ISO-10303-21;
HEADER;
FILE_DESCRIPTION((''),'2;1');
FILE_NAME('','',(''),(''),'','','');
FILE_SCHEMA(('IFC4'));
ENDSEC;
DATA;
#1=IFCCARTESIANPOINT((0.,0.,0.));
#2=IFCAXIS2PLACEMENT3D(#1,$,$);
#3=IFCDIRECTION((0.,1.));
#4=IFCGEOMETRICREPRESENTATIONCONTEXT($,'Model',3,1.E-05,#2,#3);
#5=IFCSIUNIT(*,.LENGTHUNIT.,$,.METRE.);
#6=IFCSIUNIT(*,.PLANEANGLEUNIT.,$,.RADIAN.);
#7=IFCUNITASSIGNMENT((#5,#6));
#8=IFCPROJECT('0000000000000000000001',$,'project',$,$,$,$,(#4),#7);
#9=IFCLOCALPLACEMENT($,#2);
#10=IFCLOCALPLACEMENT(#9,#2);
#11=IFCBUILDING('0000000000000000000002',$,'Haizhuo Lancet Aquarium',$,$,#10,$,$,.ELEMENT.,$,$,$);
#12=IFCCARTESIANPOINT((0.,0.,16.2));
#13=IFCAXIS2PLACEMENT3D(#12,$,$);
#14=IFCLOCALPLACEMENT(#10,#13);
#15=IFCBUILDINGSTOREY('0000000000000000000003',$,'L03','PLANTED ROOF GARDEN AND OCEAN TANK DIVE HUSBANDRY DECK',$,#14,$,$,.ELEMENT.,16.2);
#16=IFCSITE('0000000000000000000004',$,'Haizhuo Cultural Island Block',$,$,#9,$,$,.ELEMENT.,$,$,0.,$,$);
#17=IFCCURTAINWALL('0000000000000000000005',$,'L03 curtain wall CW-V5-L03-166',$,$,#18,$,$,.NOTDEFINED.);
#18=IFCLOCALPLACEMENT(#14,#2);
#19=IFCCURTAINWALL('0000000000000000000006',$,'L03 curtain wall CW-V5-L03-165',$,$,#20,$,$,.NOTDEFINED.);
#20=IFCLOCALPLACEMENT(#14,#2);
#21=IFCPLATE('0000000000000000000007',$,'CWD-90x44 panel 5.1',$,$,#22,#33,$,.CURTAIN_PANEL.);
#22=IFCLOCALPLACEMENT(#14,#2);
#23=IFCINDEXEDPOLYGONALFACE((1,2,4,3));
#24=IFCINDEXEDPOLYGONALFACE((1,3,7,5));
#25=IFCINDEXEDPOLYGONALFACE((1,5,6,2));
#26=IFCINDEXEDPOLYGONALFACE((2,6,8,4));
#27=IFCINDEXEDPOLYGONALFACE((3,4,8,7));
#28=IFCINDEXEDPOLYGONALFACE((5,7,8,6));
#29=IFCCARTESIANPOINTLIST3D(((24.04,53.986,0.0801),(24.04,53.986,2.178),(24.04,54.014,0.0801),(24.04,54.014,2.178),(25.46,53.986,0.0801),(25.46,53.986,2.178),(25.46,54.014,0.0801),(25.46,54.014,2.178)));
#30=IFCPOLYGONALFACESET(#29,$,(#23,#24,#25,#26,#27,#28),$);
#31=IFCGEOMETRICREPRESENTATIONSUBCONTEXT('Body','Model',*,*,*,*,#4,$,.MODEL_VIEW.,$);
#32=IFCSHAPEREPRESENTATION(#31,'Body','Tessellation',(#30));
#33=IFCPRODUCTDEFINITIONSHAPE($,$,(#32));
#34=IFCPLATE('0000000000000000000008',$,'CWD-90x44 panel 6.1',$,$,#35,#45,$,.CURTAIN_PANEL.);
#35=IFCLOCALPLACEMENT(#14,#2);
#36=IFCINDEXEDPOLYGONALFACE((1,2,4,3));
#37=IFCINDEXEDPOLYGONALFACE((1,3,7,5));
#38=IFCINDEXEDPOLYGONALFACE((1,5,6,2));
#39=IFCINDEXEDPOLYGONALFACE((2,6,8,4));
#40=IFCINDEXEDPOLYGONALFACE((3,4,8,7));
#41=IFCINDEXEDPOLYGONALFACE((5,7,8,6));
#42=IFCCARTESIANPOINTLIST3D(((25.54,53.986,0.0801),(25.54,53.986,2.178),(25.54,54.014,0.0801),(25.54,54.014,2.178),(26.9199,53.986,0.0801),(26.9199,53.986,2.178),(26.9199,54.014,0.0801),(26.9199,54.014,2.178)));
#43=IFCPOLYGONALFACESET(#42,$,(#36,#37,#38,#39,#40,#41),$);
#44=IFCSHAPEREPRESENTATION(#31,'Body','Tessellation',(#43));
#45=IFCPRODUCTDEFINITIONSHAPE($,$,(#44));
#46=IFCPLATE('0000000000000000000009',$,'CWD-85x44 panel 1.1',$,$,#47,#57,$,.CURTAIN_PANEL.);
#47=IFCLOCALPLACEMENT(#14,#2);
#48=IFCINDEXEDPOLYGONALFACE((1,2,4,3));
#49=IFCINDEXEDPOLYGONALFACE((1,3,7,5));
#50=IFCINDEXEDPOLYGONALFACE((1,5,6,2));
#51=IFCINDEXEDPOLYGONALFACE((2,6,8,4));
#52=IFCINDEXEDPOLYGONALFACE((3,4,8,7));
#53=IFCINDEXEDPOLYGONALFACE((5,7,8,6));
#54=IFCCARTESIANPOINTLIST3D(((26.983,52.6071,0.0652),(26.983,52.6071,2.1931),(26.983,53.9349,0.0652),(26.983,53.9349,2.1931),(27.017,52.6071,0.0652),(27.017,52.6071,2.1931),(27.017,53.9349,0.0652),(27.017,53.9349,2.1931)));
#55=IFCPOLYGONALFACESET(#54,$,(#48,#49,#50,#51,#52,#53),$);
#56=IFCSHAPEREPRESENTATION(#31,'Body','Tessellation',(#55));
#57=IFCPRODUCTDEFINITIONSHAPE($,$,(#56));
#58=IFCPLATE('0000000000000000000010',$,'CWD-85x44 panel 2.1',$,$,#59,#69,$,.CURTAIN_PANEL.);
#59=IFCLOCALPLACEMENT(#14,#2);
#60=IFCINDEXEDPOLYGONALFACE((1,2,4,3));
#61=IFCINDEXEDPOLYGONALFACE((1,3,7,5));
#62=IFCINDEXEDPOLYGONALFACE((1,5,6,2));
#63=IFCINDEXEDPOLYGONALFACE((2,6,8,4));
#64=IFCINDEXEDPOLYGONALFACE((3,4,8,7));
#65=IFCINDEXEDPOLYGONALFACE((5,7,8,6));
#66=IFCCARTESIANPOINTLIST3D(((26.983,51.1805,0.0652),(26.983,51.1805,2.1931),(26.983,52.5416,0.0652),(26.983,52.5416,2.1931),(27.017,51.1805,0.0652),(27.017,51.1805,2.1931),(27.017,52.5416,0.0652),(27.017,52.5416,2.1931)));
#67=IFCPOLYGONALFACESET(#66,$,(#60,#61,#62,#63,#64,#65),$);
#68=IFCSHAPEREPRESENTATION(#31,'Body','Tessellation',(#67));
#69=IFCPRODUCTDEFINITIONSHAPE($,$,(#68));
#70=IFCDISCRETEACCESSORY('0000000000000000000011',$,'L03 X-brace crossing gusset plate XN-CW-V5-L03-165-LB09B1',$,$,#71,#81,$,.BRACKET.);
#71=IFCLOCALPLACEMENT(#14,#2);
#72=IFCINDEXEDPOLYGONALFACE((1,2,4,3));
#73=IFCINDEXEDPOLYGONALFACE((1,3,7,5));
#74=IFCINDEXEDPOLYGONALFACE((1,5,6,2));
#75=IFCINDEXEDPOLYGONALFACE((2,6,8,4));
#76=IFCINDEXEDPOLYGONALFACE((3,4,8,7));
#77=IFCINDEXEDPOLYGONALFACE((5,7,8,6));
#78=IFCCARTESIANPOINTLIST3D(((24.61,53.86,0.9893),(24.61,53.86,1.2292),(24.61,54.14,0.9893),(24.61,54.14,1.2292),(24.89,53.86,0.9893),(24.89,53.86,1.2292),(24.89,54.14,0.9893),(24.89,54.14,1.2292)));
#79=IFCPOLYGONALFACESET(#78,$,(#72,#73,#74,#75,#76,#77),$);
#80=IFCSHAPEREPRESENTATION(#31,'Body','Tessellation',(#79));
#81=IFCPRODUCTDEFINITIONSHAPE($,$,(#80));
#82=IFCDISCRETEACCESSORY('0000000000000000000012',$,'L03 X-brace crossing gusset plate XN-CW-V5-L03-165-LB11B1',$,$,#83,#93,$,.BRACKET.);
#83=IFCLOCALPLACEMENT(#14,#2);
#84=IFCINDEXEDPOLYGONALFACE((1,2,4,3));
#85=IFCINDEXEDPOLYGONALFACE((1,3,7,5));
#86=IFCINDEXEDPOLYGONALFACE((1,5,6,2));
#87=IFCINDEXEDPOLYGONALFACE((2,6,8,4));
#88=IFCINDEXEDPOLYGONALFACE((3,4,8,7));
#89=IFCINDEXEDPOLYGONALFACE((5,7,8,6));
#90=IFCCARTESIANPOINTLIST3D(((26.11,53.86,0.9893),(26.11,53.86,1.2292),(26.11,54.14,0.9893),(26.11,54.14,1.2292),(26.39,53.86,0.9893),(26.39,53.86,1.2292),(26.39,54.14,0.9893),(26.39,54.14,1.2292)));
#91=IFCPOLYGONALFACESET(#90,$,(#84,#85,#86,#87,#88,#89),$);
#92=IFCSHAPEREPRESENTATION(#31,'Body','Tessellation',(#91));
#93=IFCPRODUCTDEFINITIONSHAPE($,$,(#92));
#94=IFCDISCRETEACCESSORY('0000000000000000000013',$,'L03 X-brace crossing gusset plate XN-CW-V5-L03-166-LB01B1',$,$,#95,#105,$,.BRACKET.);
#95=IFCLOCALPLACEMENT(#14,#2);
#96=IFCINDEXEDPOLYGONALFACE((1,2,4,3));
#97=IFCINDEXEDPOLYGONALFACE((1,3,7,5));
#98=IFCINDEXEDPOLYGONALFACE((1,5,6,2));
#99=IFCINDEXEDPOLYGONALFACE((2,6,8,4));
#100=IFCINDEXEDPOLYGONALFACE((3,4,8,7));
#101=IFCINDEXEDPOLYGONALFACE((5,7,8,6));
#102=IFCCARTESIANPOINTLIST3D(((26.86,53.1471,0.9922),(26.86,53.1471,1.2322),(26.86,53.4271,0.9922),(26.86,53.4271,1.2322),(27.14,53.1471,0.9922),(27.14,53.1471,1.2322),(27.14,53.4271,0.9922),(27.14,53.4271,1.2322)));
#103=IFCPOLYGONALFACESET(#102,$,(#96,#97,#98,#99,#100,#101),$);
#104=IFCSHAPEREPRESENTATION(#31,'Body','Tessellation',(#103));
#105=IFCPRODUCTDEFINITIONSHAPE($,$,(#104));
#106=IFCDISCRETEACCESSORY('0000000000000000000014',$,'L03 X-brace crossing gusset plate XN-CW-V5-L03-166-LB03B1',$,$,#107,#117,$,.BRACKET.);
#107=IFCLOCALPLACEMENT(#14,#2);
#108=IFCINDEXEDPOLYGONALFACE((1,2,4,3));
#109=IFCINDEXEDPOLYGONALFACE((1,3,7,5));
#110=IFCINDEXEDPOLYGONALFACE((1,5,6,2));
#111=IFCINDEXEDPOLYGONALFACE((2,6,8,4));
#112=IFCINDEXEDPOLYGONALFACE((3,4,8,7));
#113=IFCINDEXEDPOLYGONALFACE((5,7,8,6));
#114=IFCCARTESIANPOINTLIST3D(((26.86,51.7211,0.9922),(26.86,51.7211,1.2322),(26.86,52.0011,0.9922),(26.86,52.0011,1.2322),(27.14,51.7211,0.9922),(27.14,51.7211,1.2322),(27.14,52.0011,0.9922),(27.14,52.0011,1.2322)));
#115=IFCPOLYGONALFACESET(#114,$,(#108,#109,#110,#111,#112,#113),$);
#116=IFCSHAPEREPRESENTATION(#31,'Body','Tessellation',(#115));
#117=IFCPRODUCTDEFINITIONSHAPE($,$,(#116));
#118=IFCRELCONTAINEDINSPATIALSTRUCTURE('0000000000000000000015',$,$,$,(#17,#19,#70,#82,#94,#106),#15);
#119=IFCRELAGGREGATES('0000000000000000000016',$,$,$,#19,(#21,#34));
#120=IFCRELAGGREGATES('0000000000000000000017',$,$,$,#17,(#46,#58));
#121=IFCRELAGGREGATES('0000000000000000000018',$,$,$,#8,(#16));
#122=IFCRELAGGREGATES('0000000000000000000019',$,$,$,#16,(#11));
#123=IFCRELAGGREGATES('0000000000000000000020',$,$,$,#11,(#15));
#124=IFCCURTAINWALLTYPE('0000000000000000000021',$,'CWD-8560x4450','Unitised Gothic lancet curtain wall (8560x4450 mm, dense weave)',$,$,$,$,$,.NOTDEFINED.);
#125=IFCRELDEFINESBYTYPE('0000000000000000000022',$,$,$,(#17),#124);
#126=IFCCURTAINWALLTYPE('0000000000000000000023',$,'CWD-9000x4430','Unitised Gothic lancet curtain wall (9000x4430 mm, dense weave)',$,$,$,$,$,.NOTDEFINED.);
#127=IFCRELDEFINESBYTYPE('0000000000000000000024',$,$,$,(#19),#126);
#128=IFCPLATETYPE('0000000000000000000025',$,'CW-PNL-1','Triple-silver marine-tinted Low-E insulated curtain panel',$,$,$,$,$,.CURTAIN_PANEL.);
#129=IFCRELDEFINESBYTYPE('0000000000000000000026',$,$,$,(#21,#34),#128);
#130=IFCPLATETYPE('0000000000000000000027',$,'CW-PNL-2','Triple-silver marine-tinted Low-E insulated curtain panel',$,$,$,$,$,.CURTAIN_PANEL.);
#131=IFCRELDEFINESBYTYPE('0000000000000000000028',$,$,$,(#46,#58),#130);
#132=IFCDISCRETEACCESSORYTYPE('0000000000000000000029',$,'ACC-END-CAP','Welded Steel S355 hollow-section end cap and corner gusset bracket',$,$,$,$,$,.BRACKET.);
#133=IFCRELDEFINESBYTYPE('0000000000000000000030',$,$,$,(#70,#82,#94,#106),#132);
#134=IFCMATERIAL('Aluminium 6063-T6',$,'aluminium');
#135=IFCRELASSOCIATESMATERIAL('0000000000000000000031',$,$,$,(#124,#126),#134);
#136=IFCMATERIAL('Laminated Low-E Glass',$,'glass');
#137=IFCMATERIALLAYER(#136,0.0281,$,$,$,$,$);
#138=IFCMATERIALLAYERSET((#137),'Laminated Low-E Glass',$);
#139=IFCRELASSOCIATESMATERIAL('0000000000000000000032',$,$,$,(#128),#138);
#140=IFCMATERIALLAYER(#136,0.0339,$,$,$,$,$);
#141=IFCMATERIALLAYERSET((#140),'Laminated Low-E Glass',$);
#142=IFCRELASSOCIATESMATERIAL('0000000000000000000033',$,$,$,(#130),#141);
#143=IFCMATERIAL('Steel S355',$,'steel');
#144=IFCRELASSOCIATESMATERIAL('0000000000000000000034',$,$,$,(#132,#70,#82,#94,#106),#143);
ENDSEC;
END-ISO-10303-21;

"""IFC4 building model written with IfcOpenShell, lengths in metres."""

from ifc_helpers import new_model, si_unit, direction, frame, origin, origin_2d, place, context, subcontext, project, spatial, rectangle, extrude, material, layer, layer_set, type_object, element, aggregate, save


model = new_model("IFC4")

# Units and contexts
model_context = context("Model", 3, precision=1e-05, world=origin(), true_north=direction((0.0, 1.0)))
body_context = subcontext(model_context, "Body", "Model", "MODEL_VIEW")
ifc_project = project(units=[si_unit("LENGTHUNIT", "METRE"), si_unit("PLANEANGLEUNIT", "RADIAN")], contexts=[model_context])

# Site, building, storey
site_placement = place(None, origin())
site = spatial("IfcSite", under=ifc_project, at=site_placement, Name="Haizhuo Cultural Island Block", CompositionType="ELEMENT", RefElevation=0.0)
building_placement = place(site_placement, origin())
building = spatial("IfcBuilding", under=site, at=building_placement, Name="Haizhuo Lancet Aquarium", CompositionType="ELEMENT")
storey_placement = place(building_placement, frame((0.0, 0.0, 16.2)))
storey = spatial("IfcBuildingStorey", under=building, at=storey_placement, Name="L03", Description="PLANTED ROOF GARDEN AND OCEAN TANK DIVE HUSBANDRY DECK", CompositionType="ELEMENT", Elevation=16.2)

# Curtain walls
ifc_material_1 = material(Name="Aluminium 6063-T6", Category="aluminium")
curtain_wall_type_1 = type_object("IfcCurtainWallType", Name="CWD-8560x4450", Description="Unitised Gothic lancet curtain wall (8560x4450 mm, dense weave)", PredefinedType="NOTDEFINED", material=ifc_material_1)
curtain_wall_1_placement = place(storey_placement, origin())
curtain_wall_1 = element("IfcCurtainWall", 1, at=curtain_wall_1_placement, inside=storey, type_object=curtain_wall_type_1, Name="L03 curtain wall CW-V5-L03-166", PredefinedType="NOTDEFINED")
curtain_wall_type_2 = type_object("IfcCurtainWallType", Name="CWD-9000x4430", Description="Unitised Gothic lancet curtain wall (9000x4430 mm, dense weave)", PredefinedType="NOTDEFINED", material=ifc_material_1)
curtain_wall_2_placement = place(storey_placement, origin())
curtain_wall_2 = element("IfcCurtainWall", 2, at=curtain_wall_2_placement, inside=storey, type_object=curtain_wall_type_2, Name="L03 curtain wall CW-V5-L03-165", PredefinedType="NOTDEFINED")

# Shared definitions
ifc_material_2 = material(Name="Steel S355", Category="steel")

# Plates
ifc_material_3 = material(Name="Laminated Low-E Glass", Category="glass")
ifc_layer_1 = layer(ifc_material_3, 0.0281)
ifc_layer_set_1 = layer_set([ifc_layer_1], Name="Laminated Low-E Glass")
plate_type_1 = type_object("IfcPlateType", Name="CW-PNL-1", Description="Triple-silver marine-tinted Low-E insulated curtain panel", PredefinedType="CURTAIN_PANEL", material=ifc_layer_set_1)
plate_1_placement = place(storey_placement, frame((24.75, 54.0, 0.0801), z_axis=(0.0, 0.0, 1.0), x_axis=(1.0, 0.0, 0.0)))
plate_1 = element("IfcPlate", 3, at=plate_1_placement, type_object=plate_type_1, Name="CWD-90x44 panel 5.1", PredefinedType="CURTAIN_PANEL", context=body_context, shape_type="SweptSolid", body=[
    extrude(rectangle(XDim=1.4199, YDim=0.0281, at=origin_2d()), origin(), (0.0, 0.0, 1.0), 2.0979),
])
plate_2_placement = place(storey_placement, frame((26.23, 54.0, 0.0801), z_axis=(0.0, 0.0, 1.0), x_axis=(1.0, 0.0, 0.0)))
plate_2 = element("IfcPlate", 4, at=plate_2_placement, type_object=plate_type_1, Name="CWD-90x44 panel 6.1", PredefinedType="CURTAIN_PANEL", context=body_context, shape_type="SweptSolid", body=[
    extrude(rectangle(XDim=1.3799, YDim=0.0281, at=origin_2d()), origin(), (0.0, 0.0, 1.0), 2.0979),
])
aggregate(curtain_wall_2, [plate_1, plate_2])
ifc_layer_2 = layer(ifc_material_3, 0.0339)
ifc_layer_set_2 = layer_set([ifc_layer_2], Name="Laminated Low-E Glass")
plate_type_2 = type_object("IfcPlateType", Name="CW-PNL-2", Description="Triple-silver marine-tinted Low-E insulated curtain panel", PredefinedType="CURTAIN_PANEL", material=ifc_layer_set_2)
plate_3_placement = place(storey_placement, frame((27.0, 53.271, 0.0652), z_axis=(0.0, 0.0, 1.0), x_axis=(0.0, -1.0, 0.0)))
plate_3 = element("IfcPlate", 5, at=plate_3_placement, type_object=plate_type_2, Name="CWD-85x44 panel 1.1", PredefinedType="CURTAIN_PANEL", context=body_context, shape_type="SweptSolid", body=[
    extrude(rectangle(XDim=1.3279, YDim=0.0339, at=origin_2d()), origin(), (0.0, 0.0, 1.0), 2.1279),
])
plate_4_placement = place(storey_placement, frame((27.0, 51.8611, 0.0652), z_axis=(0.0, 0.0, 1.0), x_axis=(0.0, -1.0, 0.0)))
plate_4 = element("IfcPlate", 6, at=plate_4_placement, type_object=plate_type_2, Name="CWD-85x44 panel 2.1", PredefinedType="CURTAIN_PANEL", context=body_context, shape_type="SweptSolid", body=[
    extrude(rectangle(XDim=1.3611, YDim=0.0339, at=origin_2d()), origin(), (0.0, 0.0, 1.0), 2.1279),
])
aggregate(curtain_wall_1, [plate_3, plate_4])

# Discrete accessories
discrete_accessory_type = type_object("IfcDiscreteAccessoryType", Name="ACC-END-CAP", Description="Welded Steel S355 hollow-section end cap and corner gusset bracket", PredefinedType="BRACKET", material=ifc_material_2)
for number, where, z_axis, x_axis, name in (
    (7, (24.75, 54.0, 0.9893), (0.0, 0.0, 1.0), (1.0, 0.0, 0.0), "L03 X-brace crossing gusset plate XN-CW-V5-L03-165-LB09B1"),
    (8, (26.25, 54.0, 0.9893), (0.0, 0.0, 1.0), (1.0, 0.0, 0.0), "L03 X-brace crossing gusset plate XN-CW-V5-L03-165-LB11B1"),
    (9, (27.0, 53.2871, 0.9922), (0.0, 0.0, 1.0), (1.0, 0.0, 0.0), "L03 X-brace crossing gusset plate XN-CW-V5-L03-166-LB01B1"),
    (10, (27.0, 51.8611, 0.9922), (0.0, 0.0, 1.0), (1.0, 0.0, 0.0), "L03 X-brace crossing gusset plate XN-CW-V5-L03-166-LB03B1"),
):
    element("IfcDiscreteAccessory", number, at=place(storey_placement, frame(where, z_axis=z_axis, x_axis=x_axis)), inside=storey, type_object=discrete_accessory_type, material=ifc_material_2, Name=name, PredefinedType="BRACKET", context=body_context, shape_type="SweptSolid", body=[
        extrude(rectangle(XDim=0.28, YDim=0.28, at=origin_2d()), origin(), (0.0, 0.0, 1.0), 0.24),
    ])

save(model, "model.ifc")
